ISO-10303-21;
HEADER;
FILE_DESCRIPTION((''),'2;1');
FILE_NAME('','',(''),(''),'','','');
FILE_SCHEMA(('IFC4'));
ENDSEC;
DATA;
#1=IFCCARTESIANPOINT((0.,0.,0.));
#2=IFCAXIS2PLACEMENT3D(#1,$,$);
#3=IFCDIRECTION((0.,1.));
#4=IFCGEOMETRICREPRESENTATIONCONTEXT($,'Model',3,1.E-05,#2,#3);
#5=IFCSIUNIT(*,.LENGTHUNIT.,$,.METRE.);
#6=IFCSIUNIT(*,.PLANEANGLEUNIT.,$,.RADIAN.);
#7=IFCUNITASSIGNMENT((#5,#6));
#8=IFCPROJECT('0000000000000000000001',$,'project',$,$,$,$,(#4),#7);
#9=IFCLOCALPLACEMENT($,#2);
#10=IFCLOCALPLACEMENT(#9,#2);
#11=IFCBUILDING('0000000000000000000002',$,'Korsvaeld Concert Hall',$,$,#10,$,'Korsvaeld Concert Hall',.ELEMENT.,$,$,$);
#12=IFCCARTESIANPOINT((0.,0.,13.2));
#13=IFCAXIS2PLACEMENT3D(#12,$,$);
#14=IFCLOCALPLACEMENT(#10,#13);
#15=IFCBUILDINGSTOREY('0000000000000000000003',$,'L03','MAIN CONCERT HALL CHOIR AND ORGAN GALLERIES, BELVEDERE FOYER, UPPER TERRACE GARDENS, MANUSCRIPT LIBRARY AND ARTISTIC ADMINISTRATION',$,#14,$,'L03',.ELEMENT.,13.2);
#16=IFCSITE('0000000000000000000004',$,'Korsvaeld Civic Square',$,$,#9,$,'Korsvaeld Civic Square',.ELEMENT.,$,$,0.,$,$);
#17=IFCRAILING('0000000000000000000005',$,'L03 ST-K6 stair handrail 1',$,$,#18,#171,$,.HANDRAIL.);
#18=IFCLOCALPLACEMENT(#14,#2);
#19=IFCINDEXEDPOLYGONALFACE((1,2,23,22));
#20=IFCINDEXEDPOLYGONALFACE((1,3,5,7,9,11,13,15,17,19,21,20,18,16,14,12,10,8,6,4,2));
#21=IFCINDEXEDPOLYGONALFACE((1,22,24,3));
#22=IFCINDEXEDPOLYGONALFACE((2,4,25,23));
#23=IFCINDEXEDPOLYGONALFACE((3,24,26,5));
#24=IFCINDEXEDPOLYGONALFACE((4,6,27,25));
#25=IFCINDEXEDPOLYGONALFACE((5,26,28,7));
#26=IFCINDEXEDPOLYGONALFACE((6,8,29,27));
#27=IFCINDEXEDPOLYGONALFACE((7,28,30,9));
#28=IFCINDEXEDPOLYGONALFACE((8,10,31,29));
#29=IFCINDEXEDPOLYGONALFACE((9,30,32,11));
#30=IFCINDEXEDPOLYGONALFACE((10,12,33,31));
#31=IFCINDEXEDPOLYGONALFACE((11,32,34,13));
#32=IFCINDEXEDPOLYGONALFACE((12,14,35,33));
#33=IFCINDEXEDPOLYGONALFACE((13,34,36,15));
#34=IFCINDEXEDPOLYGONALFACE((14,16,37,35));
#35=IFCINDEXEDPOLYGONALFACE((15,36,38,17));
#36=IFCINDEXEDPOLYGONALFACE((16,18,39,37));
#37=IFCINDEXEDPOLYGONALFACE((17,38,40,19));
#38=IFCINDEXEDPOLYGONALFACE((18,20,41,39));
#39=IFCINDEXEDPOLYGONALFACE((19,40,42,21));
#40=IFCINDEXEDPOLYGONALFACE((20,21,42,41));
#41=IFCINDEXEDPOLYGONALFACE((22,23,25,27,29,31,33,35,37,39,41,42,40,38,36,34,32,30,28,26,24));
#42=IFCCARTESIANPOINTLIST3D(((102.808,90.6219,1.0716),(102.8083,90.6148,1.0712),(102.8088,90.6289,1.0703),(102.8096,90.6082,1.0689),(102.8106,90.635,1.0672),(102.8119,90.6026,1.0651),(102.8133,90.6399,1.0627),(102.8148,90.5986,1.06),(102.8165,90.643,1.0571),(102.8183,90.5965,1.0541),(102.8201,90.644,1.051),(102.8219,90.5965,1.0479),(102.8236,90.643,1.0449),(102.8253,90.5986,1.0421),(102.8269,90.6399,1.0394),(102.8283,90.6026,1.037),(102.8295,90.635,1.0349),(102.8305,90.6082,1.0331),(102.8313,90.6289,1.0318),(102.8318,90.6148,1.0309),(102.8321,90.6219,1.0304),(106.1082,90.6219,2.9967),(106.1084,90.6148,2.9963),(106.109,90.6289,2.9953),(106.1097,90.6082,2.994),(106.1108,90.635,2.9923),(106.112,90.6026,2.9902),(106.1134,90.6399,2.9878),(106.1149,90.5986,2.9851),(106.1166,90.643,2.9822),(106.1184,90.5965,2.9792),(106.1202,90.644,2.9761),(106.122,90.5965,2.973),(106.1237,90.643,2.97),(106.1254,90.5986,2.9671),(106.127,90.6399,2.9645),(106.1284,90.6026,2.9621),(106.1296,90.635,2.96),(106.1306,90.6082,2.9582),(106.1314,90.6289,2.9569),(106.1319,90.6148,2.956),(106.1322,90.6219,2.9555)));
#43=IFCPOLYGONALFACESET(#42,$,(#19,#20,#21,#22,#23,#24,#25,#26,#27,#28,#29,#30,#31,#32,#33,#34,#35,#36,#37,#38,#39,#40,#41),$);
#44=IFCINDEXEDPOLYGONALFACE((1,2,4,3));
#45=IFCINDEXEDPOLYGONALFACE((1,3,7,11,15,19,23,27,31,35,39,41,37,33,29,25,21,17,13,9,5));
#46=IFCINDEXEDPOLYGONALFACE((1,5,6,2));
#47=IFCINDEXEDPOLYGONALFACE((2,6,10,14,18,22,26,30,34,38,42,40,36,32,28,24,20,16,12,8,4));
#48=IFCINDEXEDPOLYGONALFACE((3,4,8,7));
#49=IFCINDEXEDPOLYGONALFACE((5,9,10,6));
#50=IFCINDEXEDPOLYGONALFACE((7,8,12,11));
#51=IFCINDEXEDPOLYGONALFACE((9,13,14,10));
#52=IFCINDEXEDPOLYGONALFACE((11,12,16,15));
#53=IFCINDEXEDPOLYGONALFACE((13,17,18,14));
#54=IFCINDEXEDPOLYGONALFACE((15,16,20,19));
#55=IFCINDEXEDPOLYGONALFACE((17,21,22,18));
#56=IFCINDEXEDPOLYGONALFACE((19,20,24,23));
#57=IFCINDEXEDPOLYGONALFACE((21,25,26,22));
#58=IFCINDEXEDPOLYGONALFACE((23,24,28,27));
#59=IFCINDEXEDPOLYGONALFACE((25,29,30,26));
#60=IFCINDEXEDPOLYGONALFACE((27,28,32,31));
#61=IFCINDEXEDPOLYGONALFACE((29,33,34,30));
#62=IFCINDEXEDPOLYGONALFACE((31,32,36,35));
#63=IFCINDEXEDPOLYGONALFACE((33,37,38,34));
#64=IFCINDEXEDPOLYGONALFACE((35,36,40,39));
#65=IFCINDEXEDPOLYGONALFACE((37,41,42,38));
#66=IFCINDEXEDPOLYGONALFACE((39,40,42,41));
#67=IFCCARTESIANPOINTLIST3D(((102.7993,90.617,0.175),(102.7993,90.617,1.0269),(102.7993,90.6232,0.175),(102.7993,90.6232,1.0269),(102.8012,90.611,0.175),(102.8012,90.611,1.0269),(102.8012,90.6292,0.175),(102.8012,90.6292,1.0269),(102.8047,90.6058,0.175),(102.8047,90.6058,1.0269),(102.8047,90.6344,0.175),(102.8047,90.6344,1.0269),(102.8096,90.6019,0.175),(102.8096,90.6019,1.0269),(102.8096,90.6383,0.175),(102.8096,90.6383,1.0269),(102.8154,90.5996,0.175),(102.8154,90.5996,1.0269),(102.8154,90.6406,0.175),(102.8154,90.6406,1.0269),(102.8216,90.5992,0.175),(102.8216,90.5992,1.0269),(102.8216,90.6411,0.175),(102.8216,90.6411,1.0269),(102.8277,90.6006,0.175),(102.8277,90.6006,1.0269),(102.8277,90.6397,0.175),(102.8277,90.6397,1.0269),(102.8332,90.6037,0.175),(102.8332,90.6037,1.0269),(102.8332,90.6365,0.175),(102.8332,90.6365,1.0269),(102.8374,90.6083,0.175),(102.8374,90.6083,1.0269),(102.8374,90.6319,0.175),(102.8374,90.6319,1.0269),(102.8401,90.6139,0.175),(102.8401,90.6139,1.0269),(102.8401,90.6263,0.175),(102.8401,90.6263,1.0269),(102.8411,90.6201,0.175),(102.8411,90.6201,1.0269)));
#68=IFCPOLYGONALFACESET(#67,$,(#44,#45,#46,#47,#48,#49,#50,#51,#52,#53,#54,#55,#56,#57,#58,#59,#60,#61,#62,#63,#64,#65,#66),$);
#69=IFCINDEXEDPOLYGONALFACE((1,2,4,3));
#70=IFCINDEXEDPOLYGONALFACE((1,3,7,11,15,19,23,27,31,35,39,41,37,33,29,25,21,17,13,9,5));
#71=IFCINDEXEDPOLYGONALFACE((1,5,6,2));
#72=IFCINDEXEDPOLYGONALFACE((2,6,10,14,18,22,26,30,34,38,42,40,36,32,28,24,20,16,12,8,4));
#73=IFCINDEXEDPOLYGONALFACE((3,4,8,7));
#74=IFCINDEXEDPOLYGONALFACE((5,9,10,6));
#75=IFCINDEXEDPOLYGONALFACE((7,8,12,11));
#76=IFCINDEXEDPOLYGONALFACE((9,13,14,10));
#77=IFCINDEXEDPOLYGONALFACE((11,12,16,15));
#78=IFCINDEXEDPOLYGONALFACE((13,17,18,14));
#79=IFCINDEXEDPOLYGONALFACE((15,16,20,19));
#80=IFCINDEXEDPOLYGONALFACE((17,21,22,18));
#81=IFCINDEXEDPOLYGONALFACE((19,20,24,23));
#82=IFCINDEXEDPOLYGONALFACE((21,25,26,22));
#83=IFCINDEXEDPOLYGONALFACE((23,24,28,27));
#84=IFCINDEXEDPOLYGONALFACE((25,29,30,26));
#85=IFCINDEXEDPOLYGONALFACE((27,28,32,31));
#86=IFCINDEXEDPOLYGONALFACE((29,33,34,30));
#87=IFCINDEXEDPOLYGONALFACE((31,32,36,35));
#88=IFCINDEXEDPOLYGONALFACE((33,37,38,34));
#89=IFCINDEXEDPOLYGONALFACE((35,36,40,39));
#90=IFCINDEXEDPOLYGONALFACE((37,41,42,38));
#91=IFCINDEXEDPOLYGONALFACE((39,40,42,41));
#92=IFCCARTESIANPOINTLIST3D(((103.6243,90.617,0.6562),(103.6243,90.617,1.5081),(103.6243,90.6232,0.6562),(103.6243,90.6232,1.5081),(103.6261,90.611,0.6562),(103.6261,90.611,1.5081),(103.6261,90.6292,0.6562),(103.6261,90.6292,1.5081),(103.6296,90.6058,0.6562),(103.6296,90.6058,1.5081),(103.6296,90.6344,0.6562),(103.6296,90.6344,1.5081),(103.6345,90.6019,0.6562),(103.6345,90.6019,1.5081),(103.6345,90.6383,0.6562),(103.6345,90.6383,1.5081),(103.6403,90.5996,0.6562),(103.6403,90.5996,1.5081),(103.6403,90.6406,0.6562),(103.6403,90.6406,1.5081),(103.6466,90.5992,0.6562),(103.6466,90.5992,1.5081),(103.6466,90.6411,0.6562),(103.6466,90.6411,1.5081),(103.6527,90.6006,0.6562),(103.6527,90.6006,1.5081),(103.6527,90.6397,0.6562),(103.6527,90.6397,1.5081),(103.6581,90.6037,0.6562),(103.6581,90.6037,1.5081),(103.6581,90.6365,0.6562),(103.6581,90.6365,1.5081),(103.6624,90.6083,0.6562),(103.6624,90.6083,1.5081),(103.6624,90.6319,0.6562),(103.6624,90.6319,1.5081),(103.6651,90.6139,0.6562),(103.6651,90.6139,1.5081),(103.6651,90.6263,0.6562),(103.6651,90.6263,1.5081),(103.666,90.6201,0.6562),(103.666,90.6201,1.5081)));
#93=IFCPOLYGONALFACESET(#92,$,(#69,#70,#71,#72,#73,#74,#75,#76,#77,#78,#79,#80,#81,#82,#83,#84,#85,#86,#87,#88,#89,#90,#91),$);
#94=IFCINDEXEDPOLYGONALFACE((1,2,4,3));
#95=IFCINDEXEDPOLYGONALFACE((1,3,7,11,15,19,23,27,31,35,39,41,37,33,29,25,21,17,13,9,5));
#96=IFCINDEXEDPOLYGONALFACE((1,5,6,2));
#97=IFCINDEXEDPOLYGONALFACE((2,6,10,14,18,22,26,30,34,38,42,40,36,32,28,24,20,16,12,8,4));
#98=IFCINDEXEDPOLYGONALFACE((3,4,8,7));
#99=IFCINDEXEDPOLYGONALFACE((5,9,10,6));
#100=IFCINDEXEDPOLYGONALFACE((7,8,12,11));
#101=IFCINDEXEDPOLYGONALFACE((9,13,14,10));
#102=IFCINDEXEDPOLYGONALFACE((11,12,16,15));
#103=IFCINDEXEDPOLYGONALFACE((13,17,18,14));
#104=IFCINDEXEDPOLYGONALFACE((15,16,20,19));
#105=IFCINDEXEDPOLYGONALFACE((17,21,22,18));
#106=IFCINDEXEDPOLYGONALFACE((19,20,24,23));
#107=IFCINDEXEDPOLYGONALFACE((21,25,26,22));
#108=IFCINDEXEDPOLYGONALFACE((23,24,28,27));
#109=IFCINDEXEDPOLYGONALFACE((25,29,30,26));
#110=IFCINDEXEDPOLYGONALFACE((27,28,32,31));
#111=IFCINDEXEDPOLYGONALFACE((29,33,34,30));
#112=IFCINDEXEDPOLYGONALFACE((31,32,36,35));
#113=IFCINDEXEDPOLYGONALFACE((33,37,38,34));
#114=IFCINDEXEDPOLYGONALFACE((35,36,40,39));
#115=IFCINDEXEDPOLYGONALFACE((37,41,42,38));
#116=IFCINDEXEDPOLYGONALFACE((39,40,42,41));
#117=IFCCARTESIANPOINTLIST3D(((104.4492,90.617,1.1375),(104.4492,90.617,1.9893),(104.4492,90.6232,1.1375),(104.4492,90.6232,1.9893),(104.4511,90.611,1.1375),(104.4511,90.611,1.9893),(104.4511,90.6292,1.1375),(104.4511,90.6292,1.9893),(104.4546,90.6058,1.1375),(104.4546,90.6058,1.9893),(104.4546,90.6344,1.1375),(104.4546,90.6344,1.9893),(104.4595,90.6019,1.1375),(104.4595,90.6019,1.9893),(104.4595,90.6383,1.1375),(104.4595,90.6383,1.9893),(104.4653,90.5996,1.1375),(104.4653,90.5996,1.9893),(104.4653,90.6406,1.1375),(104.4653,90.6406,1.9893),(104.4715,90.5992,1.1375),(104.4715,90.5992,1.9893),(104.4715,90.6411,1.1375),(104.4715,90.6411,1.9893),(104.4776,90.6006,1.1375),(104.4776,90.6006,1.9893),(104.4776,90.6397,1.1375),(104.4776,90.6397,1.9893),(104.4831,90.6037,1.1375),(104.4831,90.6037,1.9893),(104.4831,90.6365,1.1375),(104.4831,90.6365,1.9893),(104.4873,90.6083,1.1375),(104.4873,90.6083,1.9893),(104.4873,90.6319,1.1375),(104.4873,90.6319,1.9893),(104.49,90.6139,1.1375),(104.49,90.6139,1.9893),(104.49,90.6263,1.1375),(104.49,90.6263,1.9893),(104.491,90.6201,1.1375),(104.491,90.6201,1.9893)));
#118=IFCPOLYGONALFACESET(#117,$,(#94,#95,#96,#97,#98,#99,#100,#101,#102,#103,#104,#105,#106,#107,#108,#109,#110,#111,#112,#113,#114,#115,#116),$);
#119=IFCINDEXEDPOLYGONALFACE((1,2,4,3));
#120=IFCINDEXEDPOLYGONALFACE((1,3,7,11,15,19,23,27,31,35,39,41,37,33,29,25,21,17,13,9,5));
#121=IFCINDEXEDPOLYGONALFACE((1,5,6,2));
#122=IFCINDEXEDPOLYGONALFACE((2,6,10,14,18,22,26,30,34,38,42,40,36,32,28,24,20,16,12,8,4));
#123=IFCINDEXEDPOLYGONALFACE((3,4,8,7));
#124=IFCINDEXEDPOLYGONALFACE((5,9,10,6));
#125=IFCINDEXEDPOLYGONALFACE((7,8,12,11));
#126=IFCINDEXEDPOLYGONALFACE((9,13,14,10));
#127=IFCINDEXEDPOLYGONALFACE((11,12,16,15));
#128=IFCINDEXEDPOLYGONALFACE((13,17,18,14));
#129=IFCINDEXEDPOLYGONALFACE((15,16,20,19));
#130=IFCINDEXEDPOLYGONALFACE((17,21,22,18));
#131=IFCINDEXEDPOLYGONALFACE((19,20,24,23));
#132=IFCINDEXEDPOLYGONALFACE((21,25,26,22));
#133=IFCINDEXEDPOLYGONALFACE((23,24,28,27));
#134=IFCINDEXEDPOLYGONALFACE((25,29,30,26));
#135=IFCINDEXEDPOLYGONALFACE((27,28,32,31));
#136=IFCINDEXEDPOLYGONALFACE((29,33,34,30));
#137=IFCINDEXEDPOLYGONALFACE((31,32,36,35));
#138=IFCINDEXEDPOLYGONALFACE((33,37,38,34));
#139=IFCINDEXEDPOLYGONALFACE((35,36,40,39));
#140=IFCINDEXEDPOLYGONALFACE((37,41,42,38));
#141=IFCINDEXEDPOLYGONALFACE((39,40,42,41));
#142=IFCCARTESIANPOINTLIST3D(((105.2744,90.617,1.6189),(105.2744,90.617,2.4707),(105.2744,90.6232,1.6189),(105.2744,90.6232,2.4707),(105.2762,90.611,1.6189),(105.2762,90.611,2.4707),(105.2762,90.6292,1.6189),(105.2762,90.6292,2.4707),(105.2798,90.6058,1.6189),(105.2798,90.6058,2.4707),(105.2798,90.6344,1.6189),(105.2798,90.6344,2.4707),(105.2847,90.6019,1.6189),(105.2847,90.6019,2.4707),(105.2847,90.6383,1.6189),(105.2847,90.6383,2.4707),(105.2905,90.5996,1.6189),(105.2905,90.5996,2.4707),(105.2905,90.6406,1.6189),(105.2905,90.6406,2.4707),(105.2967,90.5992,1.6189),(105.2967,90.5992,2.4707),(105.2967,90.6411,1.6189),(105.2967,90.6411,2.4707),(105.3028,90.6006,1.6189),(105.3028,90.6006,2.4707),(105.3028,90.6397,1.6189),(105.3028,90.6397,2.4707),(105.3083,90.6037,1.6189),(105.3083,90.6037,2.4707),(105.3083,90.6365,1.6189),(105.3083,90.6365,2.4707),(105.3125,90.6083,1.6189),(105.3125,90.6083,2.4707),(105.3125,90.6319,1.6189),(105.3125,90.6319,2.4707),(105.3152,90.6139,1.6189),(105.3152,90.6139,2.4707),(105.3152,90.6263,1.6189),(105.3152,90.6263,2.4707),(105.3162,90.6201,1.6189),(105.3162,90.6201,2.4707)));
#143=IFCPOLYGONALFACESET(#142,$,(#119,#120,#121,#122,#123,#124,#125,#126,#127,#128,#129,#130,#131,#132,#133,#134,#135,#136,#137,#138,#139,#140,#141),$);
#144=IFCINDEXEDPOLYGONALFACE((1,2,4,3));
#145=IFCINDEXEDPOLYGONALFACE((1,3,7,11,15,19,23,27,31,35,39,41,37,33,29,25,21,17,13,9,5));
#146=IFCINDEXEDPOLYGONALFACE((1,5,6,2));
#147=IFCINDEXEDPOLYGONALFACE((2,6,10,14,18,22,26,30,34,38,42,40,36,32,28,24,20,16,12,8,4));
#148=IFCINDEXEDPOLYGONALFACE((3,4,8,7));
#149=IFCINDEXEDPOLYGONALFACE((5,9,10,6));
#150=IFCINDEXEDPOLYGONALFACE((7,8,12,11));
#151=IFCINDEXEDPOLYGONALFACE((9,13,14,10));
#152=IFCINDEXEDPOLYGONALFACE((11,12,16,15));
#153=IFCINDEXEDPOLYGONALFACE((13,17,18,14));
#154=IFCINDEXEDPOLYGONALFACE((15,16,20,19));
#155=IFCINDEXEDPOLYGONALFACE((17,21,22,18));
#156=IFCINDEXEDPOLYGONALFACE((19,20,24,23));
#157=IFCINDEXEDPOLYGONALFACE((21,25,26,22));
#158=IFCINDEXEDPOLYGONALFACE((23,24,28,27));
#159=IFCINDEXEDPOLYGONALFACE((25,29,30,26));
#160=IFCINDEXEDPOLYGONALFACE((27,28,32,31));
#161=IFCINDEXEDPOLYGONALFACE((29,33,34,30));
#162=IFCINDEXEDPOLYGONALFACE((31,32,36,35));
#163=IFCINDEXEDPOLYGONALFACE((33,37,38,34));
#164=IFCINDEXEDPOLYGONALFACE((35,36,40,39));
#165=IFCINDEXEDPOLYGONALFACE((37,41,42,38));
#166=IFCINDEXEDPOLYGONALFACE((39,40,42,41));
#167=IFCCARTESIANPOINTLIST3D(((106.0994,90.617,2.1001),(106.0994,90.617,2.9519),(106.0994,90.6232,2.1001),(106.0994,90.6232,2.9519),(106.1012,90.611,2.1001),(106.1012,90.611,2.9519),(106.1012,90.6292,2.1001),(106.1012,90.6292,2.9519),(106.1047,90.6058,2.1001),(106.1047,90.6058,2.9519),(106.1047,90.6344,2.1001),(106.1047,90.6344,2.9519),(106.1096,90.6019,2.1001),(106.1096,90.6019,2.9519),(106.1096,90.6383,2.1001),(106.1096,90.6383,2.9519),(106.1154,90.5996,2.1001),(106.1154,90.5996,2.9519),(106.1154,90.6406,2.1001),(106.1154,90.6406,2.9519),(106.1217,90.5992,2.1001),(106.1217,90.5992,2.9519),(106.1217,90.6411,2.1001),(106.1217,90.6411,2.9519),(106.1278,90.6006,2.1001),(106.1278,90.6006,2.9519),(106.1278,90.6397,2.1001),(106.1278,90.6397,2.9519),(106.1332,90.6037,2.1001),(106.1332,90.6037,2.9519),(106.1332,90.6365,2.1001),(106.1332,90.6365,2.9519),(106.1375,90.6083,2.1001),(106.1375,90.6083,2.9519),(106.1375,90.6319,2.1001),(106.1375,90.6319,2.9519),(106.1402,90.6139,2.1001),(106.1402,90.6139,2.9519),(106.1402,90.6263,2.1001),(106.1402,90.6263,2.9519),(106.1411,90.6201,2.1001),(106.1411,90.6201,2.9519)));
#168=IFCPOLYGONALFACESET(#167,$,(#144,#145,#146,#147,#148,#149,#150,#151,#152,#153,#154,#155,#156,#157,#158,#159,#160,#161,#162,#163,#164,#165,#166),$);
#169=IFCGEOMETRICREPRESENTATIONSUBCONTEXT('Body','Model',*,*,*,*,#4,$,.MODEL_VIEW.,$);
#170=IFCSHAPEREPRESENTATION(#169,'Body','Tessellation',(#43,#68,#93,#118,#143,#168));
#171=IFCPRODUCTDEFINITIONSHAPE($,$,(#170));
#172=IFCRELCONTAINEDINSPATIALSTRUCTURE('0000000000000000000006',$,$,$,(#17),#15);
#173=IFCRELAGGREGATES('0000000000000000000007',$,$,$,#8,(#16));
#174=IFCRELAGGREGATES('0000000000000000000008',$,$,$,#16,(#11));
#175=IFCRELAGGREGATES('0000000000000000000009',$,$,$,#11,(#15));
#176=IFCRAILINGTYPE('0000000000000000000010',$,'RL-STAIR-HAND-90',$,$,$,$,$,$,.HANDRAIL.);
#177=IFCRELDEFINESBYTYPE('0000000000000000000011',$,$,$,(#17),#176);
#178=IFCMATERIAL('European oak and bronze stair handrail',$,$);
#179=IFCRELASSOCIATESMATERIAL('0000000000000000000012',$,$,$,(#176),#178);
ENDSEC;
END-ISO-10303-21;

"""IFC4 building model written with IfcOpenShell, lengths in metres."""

from ifc_helpers import new_model, si_unit, direction, frame, origin, origin_2d, place, context, subcontext, project, spatial, circle, extrude, material, type_object, element, save


model = new_model("IFC4")

# Units and contexts
model_context = context("Model", 3, precision=1e-05, world=origin(), true_north=direction((0.0, 1.0)))
body_context = subcontext(model_context, "Body", "Model", "MODEL_VIEW")
ifc_project = project(units=[si_unit("LENGTHUNIT", "METRE"), si_unit("PLANEANGLEUNIT", "RADIAN")], contexts=[model_context])

# Site, building, storey
site_placement = place(None, origin())
site = spatial("IfcSite", under=ifc_project, at=site_placement, Name="Korsvaeld Civic Square", LongName="Korsvaeld Civic Square", CompositionType="ELEMENT", RefElevation=0.0)
building_placement = place(site_placement, origin())
building = spatial("IfcBuilding", under=site, at=building_placement, Name="Korsvaeld Concert Hall", LongName="Korsvaeld Concert Hall", CompositionType="ELEMENT")
storey_placement = place(building_placement, frame((0.0, 0.0, 13.2)))
storey = spatial("IfcBuildingStorey", under=building, at=storey_placement, Name="L03", Description="MAIN CONCERT HALL CHOIR AND ORGAN GALLERIES, BELVEDERE FOYER, UPPER TERRACE GARDENS, MANUSCRIPT LIBRARY AND ARTISTIC ADMINISTRATION", LongName="L03", CompositionType="ELEMENT", Elevation=13.2)

# Railing
ifc_material_1 = material(Name="European oak and bronze stair handrail")
railing_type_1 = type_object("IfcRailingType", Name="RL-STAIR-HAND-90", PredefinedType="HANDRAIL", material=ifc_material_1)
railing_1_placement = place(storey_placement, frame((102.8201, 90.6201, 0.175)))
element("IfcRailing", 1, at=railing_1_placement, inside=storey, type_object=railing_type_1, Name="L03 ST-K6 stair handrail 1", PredefinedType="HANDRAIL", context=body_context, shape_type="SweptSolid", body=[
    extrude(circle(Radius=0.0239, at=origin_2d()), frame((0.0, 0.0, 0.876), z_axis=(0.863777, 0.0, 0.503875), x_axis=(0.0, 1.0, 0.0)), (0.0, 0.0, 1.0), 3.8206),
    extrude(circle(Radius=0.021, at=origin_2d()), origin(), (0.0, 0.0, 1.0), 0.8518),
    extrude(circle(Radius=0.021, at=origin_2d()), frame((0.825, 0.0, 0.4812)), (0.0, 0.0, 1.0), 0.8518),
    extrude(circle(Radius=0.021, at=origin_2d()), frame((1.6499, 0.0, 0.9624)), (0.0, 0.0, 1.0), 0.8518),
    extrude(circle(Radius=0.021, at=origin_2d()), frame((2.4751, 0.0, 1.4438)), (0.0, 0.0, 1.0), 0.8518),
    extrude(circle(Radius=0.021, at=origin_2d()), frame((3.3, 0.0, 1.925)), (0.0, 0.0, 1.0), 0.8518),
])

save(model, "model.ifc")
